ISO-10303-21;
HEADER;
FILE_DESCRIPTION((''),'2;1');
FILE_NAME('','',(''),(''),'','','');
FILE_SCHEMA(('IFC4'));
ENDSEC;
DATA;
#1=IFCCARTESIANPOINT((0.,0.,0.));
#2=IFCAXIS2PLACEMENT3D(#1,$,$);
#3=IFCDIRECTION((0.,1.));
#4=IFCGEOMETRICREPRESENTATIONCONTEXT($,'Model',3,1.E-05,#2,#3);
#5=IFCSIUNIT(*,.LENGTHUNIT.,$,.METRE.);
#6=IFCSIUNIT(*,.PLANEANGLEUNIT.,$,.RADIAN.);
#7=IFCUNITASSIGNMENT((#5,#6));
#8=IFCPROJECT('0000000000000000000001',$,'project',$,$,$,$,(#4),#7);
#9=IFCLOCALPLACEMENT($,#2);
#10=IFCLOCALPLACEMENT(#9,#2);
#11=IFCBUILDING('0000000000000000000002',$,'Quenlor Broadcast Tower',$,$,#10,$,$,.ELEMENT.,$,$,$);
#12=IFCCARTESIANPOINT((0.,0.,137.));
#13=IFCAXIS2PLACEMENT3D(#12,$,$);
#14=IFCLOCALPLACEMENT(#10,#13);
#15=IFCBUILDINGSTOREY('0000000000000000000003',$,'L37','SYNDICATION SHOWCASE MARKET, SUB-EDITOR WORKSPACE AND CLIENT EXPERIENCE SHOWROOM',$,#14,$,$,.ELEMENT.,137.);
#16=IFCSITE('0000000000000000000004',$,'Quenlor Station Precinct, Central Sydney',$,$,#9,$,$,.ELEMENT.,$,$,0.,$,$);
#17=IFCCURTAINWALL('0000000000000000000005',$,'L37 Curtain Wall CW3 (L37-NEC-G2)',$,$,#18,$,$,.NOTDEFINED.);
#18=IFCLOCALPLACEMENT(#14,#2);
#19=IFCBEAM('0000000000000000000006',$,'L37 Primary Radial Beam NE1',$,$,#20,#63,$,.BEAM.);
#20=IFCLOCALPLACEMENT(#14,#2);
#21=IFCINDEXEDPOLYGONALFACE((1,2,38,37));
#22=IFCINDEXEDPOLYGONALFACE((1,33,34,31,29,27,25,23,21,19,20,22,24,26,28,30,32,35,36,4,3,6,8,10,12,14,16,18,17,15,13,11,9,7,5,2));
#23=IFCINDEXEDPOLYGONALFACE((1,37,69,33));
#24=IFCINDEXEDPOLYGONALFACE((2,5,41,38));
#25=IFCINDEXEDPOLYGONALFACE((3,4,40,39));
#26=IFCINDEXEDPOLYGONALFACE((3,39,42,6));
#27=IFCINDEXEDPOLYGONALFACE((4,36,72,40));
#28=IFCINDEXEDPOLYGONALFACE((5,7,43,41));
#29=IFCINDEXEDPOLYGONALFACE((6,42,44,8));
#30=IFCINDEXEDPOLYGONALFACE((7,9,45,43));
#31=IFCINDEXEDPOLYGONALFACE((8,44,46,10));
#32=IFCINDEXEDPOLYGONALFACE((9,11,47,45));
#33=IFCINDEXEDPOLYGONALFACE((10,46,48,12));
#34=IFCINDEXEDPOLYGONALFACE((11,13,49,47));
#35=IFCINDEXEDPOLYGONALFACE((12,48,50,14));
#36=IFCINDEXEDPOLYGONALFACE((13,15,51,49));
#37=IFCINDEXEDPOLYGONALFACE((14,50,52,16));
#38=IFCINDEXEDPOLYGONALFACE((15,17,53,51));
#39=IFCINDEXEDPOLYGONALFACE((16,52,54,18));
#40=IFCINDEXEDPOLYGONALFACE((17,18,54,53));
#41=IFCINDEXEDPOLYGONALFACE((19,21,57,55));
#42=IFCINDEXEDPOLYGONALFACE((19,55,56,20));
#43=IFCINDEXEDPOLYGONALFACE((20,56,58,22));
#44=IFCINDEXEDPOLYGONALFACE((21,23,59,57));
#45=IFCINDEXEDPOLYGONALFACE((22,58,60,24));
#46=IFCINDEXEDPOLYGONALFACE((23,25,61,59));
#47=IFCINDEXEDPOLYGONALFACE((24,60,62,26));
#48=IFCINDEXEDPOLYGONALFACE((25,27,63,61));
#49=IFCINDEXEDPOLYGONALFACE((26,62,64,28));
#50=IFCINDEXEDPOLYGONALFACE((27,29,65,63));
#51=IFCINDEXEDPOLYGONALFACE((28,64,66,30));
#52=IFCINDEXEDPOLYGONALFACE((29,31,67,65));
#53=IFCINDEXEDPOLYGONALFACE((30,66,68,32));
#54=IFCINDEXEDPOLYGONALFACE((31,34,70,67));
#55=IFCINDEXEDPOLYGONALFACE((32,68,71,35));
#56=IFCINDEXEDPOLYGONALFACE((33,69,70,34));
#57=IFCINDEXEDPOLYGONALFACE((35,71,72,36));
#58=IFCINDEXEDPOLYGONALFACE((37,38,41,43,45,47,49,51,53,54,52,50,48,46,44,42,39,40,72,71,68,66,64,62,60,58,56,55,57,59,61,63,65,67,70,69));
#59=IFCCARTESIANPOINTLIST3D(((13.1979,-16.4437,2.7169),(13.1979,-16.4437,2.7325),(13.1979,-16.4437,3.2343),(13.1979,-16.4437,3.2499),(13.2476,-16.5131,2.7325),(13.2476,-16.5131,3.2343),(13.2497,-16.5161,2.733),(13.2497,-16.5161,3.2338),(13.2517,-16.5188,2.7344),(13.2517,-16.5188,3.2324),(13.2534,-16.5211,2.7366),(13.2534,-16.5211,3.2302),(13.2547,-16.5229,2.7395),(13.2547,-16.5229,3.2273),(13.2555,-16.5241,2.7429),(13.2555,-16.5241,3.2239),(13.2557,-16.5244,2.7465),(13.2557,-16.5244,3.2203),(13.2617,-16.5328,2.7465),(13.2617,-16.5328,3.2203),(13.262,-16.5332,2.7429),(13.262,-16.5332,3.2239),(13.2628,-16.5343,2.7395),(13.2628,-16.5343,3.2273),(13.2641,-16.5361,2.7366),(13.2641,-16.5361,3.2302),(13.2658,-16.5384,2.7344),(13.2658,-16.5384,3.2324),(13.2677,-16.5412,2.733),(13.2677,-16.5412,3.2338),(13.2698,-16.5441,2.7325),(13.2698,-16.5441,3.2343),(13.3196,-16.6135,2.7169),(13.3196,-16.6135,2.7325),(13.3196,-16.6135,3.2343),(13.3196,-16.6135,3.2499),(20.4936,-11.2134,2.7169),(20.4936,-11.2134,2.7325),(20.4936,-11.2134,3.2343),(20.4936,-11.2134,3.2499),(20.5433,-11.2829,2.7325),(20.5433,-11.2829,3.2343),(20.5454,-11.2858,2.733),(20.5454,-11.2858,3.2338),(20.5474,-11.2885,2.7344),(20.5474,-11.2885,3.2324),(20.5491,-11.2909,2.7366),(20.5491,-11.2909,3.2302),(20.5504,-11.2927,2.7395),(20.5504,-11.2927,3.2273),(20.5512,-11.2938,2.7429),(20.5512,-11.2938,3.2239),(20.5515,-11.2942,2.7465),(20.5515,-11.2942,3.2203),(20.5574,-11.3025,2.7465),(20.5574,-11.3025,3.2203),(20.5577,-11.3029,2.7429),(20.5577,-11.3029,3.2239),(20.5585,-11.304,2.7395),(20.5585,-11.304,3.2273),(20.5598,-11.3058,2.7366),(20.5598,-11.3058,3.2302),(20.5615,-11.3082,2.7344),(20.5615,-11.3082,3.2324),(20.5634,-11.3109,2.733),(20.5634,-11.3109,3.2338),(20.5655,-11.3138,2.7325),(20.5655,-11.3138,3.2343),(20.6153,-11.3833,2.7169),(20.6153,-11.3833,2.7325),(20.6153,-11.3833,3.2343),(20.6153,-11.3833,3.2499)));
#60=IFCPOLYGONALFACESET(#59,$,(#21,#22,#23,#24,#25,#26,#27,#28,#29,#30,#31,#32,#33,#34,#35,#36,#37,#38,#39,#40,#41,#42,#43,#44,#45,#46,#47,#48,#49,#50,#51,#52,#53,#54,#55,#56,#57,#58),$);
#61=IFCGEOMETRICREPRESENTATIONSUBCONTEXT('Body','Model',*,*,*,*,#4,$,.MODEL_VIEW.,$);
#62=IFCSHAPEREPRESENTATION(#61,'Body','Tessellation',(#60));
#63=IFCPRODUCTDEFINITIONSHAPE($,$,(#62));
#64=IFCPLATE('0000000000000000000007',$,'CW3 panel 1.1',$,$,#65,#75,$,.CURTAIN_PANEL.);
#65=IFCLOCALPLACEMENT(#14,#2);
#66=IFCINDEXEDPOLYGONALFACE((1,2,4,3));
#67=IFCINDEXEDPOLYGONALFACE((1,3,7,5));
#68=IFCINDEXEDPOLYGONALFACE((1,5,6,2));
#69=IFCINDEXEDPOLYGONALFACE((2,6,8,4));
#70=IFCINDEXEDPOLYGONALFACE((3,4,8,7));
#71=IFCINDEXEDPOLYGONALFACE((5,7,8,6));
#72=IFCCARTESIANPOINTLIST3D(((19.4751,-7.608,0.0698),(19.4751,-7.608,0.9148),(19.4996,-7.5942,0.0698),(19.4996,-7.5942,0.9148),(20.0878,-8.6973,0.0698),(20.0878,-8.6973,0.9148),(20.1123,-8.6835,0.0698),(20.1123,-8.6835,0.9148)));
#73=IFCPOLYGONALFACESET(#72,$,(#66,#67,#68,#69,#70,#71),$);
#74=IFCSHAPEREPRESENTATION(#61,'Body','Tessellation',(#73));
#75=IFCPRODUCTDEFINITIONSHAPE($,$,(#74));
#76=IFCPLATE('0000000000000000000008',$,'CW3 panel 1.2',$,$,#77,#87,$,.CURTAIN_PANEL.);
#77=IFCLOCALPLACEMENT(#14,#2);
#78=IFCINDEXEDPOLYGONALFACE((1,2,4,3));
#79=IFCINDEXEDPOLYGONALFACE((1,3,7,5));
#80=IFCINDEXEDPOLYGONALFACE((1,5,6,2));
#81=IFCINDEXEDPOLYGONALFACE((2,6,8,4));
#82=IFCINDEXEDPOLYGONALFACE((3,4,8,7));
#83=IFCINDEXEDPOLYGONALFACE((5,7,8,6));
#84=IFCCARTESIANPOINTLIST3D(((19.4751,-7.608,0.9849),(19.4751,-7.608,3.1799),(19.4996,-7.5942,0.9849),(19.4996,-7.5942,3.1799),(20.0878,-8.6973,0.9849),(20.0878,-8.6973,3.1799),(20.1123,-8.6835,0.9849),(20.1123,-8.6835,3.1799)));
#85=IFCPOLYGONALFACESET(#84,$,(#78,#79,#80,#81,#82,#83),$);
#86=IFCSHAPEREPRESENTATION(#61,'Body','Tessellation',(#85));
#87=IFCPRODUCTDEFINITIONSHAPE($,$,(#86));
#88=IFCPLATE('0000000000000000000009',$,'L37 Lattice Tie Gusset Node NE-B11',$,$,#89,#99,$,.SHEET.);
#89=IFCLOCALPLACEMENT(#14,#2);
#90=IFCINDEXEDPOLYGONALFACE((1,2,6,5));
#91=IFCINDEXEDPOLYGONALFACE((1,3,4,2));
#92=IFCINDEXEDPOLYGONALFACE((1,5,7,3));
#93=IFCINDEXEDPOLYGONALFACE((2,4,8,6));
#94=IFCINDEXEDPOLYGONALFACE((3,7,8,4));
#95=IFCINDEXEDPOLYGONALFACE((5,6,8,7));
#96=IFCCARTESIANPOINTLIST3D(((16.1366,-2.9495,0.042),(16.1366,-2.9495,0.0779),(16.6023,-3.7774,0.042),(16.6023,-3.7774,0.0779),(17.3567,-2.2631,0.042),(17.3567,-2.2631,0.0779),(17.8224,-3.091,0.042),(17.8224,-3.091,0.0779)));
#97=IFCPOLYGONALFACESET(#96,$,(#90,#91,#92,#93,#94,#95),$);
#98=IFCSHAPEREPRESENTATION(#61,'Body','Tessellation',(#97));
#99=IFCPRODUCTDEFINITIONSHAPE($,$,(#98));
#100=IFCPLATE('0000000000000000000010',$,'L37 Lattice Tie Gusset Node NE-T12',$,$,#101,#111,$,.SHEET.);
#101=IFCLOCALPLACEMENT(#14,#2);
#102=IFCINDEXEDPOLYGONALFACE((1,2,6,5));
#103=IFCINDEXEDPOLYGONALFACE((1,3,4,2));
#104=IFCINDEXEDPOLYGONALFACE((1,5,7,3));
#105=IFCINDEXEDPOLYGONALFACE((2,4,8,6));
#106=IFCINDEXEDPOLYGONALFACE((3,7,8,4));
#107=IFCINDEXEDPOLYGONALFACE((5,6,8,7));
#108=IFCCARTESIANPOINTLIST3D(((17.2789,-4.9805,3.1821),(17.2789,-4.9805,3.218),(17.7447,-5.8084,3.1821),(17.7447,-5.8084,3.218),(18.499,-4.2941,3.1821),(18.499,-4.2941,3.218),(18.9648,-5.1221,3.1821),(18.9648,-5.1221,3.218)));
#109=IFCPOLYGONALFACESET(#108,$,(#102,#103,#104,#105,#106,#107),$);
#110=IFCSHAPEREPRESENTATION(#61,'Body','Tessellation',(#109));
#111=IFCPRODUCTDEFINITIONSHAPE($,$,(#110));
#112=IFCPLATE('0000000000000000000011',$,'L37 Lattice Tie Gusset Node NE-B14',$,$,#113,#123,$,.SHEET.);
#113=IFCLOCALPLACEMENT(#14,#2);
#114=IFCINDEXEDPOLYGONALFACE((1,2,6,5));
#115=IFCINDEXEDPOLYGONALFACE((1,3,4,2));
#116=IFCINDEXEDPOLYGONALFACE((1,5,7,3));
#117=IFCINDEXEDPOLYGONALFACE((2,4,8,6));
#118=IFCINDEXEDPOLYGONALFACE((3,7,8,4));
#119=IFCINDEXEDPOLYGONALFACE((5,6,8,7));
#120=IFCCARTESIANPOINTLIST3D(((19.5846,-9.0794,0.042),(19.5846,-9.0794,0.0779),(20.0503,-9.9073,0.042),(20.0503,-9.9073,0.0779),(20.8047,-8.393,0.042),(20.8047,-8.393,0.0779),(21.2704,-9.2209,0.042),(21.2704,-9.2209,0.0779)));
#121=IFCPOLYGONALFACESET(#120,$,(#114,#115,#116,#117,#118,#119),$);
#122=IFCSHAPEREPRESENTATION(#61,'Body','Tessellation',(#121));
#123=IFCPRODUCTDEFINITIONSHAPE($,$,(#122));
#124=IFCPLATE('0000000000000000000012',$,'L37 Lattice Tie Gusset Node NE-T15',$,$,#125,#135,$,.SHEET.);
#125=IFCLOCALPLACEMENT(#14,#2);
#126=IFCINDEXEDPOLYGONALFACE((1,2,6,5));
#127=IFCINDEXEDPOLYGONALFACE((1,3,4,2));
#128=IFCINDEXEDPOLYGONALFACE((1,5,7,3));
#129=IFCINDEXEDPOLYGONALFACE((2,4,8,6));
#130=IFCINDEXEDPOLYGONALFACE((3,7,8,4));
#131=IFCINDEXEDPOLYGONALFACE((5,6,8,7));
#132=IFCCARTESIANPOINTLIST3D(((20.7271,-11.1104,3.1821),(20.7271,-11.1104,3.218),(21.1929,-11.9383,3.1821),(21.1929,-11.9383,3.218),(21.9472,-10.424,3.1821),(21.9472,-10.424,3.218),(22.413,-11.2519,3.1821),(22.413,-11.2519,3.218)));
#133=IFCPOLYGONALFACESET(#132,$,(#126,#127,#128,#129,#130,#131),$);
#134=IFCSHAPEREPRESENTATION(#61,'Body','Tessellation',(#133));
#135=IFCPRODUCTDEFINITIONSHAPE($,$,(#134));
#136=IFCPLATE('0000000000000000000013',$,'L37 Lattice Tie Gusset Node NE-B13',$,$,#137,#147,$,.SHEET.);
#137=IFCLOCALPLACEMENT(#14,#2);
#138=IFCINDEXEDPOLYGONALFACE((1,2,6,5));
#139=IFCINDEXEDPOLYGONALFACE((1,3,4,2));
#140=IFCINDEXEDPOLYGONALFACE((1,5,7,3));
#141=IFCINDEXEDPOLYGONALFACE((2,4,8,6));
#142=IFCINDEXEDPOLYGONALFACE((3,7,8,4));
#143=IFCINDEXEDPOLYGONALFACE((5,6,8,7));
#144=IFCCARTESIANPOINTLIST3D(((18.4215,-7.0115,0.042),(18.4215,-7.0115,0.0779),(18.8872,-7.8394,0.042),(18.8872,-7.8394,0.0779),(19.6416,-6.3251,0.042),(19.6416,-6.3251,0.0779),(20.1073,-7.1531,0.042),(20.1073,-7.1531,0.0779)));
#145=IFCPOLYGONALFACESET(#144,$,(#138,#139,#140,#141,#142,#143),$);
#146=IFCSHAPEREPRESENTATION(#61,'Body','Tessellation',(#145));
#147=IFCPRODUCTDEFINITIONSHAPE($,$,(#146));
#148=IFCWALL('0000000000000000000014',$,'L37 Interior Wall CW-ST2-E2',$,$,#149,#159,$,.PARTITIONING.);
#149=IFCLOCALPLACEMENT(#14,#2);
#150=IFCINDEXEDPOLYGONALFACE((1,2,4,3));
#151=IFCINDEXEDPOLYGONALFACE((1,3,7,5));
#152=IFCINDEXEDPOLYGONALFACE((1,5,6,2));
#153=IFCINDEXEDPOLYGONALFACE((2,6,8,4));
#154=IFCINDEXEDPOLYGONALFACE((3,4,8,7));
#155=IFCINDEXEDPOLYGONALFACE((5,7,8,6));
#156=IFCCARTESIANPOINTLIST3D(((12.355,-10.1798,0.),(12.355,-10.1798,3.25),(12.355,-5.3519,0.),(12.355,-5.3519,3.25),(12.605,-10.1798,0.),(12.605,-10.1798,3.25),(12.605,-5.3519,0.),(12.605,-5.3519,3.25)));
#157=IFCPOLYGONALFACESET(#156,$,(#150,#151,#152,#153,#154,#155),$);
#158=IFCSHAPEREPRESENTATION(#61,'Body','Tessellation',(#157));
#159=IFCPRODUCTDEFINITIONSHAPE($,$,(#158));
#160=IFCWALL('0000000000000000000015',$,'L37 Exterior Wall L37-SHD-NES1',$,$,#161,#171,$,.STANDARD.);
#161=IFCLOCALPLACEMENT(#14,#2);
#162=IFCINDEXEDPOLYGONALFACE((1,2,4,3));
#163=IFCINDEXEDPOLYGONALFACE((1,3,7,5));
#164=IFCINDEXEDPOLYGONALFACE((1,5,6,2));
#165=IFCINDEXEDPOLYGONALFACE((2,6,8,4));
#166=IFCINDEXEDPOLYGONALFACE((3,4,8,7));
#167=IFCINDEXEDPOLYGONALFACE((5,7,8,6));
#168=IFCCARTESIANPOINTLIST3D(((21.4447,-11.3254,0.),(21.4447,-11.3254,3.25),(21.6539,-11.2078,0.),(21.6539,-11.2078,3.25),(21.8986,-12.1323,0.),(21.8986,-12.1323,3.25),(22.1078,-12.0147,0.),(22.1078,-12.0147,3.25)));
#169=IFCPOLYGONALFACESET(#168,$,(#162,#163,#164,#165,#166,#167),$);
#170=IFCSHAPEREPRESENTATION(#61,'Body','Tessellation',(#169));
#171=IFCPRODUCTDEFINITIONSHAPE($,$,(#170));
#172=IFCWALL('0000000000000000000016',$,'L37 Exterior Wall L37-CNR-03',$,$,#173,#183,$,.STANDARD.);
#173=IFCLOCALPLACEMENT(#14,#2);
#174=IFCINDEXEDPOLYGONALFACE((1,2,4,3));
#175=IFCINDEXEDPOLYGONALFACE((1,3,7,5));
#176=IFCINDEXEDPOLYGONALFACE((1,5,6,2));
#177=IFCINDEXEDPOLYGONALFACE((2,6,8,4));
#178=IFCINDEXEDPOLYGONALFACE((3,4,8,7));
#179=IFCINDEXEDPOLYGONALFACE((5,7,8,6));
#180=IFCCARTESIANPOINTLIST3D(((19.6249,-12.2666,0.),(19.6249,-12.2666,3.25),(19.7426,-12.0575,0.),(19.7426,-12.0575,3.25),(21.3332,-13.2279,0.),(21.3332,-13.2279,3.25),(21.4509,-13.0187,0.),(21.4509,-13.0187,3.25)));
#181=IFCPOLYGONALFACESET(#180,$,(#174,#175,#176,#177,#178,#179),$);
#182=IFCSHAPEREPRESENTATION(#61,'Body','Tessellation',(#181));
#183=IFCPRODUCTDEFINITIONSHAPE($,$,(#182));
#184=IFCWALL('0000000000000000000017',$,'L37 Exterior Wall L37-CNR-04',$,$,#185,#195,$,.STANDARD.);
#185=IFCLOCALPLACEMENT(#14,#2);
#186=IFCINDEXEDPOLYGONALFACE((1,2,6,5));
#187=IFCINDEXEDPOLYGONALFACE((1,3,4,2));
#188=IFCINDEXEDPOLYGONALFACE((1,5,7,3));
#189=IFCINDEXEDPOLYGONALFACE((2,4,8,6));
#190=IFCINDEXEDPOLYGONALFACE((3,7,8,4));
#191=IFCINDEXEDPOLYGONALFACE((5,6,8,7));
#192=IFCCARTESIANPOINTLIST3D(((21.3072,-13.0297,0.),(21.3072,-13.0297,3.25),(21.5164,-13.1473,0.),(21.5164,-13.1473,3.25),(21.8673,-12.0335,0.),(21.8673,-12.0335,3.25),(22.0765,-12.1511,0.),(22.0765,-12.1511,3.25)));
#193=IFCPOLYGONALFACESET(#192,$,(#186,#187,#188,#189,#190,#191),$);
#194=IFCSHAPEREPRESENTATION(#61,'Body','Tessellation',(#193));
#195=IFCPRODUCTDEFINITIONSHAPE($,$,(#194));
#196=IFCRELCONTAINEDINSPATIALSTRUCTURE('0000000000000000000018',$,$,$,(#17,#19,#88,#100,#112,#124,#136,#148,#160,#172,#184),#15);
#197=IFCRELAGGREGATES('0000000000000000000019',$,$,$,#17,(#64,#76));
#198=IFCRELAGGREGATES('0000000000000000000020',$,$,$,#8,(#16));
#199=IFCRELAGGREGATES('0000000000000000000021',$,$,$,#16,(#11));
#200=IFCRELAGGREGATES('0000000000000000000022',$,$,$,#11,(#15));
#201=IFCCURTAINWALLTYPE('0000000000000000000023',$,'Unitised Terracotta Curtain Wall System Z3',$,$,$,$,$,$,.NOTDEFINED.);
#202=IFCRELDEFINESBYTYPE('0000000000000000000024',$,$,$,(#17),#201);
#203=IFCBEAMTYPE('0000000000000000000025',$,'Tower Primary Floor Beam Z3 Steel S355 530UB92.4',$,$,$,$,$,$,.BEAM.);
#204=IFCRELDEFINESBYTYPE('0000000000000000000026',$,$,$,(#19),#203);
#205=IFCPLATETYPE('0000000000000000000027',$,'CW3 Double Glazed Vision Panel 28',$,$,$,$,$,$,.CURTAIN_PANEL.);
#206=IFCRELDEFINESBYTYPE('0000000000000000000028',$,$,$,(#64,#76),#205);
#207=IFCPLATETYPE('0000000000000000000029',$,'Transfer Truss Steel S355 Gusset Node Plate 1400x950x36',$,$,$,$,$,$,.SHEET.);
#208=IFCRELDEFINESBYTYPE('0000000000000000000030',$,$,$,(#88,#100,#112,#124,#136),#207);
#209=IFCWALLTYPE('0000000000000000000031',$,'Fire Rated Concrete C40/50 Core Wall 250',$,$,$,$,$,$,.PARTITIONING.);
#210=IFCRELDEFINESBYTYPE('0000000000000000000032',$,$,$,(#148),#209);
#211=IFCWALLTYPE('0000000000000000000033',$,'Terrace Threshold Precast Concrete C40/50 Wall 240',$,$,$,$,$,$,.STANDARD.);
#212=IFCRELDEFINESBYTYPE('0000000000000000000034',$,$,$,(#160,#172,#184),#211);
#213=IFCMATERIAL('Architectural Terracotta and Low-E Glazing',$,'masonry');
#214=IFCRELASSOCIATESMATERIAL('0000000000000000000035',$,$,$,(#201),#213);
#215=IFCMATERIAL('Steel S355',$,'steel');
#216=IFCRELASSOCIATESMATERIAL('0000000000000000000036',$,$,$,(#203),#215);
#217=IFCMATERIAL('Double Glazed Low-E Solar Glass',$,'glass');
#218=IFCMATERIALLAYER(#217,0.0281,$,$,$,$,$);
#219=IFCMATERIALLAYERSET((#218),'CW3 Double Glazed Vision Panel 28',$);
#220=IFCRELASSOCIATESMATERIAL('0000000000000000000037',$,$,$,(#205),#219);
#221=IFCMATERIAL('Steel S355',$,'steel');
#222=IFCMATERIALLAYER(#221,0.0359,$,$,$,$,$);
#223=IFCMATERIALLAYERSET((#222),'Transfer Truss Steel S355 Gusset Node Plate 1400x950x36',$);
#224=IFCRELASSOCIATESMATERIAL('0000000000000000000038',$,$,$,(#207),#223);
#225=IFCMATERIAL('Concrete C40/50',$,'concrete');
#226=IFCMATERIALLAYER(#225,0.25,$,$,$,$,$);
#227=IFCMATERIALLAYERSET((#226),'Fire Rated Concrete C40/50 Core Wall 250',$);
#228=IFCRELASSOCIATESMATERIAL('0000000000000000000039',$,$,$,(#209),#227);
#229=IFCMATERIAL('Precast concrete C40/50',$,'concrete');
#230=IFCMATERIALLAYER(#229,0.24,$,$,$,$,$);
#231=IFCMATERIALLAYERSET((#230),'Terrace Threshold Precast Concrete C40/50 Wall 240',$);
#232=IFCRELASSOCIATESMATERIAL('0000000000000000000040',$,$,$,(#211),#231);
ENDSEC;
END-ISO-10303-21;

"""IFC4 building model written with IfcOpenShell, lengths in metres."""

from ifc_helpers import new_model, si_unit, direction, frame, frame_2d, origin, origin_2d, place, context, subcontext, project, spatial, rectangle, i_section, extrude, material, layer, layer_set, material_profile, profile_set, type_object, element, aggregate, save


model = new_model("IFC4")

# Units and contexts
model_context = context("Model", 3, precision=1e-05, world=origin(), true_north=direction((0.0, 1.0)))
body_context = subcontext(model_context, "Body", "Model", "MODEL_VIEW")
ifc_project = project(units=[si_unit("LENGTHUNIT", "METRE"), si_unit("PLANEANGLEUNIT", "RADIAN")], contexts=[model_context])

# Site, building, storey
site_placement = place(None, origin())
site = spatial("IfcSite", under=ifc_project, at=site_placement, Name="Quenlor Station Precinct, Central Sydney", CompositionType="ELEMENT", RefElevation=0.0)
building_placement = place(site_placement, origin())
building = spatial("IfcBuilding", under=site, at=building_placement, Name="Quenlor Broadcast Tower", CompositionType="ELEMENT")
storey_placement = place(building_placement, frame((0.0, 0.0, 137.0)))
storey = spatial("IfcBuildingStorey", under=building, at=storey_placement, Name="L37", Description="SYNDICATION SHOWCASE MARKET, SUB-EDITOR WORKSPACE AND CLIENT EXPERIENCE SHOWROOM", CompositionType="ELEMENT", Elevation=137.0)

# Shared definitions
ifc_material_1 = material(Name="Architectural Terracotta and Low-E Glazing", Category="masonry")
curtain_wall_type = type_object("IfcCurtainWallType", Name="Unitised Terracotta Curtain Wall System Z3", PredefinedType="NOTDEFINED", material=ifc_material_1)

# Curtain wall
curtain_wall_1_placement = place(storey_placement, origin())
curtain_wall_1 = element("IfcCurtainWall", 1, at=curtain_wall_1_placement, inside=storey, type_object=curtain_wall_type, Name="L37 Curtain Wall CW3 (L37-NEC-G2)", PredefinedType="NOTDEFINED")

# Beam
ifc_material_2 = material(Name="Steel S355", Category="steel")
ifc_material_profile_1 = material_profile(ifc_material_2, i_section(OverallWidth=0.209, OverallDepth=0.533, WebThickness=0.0103, FlangeThickness=0.0156, FilletRadius=0.0139, at=origin_2d()))
ifc_profile_set_1 = profile_set([ifc_material_profile_1], Name="Steel S355 530UB92.4")
beam_type_1 = type_object("IfcBeamType", Name="Tower Primary Floor Beam Z3 Steel S355 530UB92.4", PredefinedType="BEAM", material=ifc_profile_set_1)
beam_1_placement = place(storey_placement, frame((20.5544, -11.2983, 2.9834), z_axis=(-0.812729, -0.582642, 0.0), x_axis=(0.582642, -0.812729, 0.0)))
element("IfcBeam", 2, at=beam_1_placement, inside=storey, type_object=beam_type_1, Name="L37 Primary Radial Beam NE1", PredefinedType="BEAM", context=body_context, shape_type="SweptSolid", body=[
    extrude(i_section(OverallWidth=0.209, OverallDepth=0.533, WebThickness=0.0103, FlangeThickness=0.0156, FilletRadius=0.0139, at=origin_2d()), origin(), (0.0, 0.0, 1.0), 8.9768),
])

# Plates
ifc_material_3 = material(Name="Double Glazed Low-E Solar Glass", Category="glass")
ifc_layer_1 = layer(ifc_material_3, 0.0281)
ifc_layer_set_1 = layer_set([ifc_layer_1], Name="CW3 Double Glazed Vision Panel 28")
plate_type_1 = type_object("IfcPlateType", Name="CW3 Double Glazed Vision Panel 28", PredefinedType="CURTAIN_PANEL", material=ifc_layer_set_1)
plate_1_placement = place(storey_placement, frame((19.7937, -8.1458, 0.0698), z_axis=(0.0, 0.0, 1.0), x_axis=(0.490261, -0.871576, 0.0)))
plate_1 = element("IfcPlate", 3, at=plate_1_placement, type_object=plate_type_1, Name="CW3 panel 1.1", PredefinedType="CURTAIN_PANEL", context=body_context, shape_type="SweptSolid", body=[
    extrude(rectangle(XDim=1.2498, YDim=0.0281, at=origin_2d()), origin(), (0.0, 0.0, 1.0), 0.845),
])
plate_2_placement = place(storey_placement, frame((19.7937, -8.1458, 0.9849), z_axis=(0.0, 0.0, 1.0), x_axis=(0.490261, -0.871576, 0.0)))
plate_2 = element("IfcPlate", 4, at=plate_2_placement, type_object=plate_type_1, Name="CW3 panel 1.2", PredefinedType="CURTAIN_PANEL", context=body_context, shape_type="SweptSolid", body=[
    extrude(rectangle(XDim=1.2498, YDim=0.0281, at=origin_2d()), origin(), (0.0, 0.0, 1.0), 2.1951),
])
aggregate(curtain_wall_1, [plate_1, plate_2])

# Plates
ifc_material_4 = material(Name="Steel S355", Category="steel")
ifc_layer_2 = layer(ifc_material_4, 0.0359)
ifc_layer_set_2 = layer_set([ifc_layer_2], Name="Transfer Truss Steel S355 Gusset Node Plate 1400x950x36")
plate_type_2 = type_object("IfcPlateType", Name="Transfer Truss Steel S355 Gusset Node Plate 1400x950x36", PredefinedType="SHEET", material=ifc_layer_set_2)
for number, where, z_axis, x_axis, name in (
    (5, (16.9795, -3.0203, 0.042), (0.0, 0.0, 1.0), (0.871556, 0.490295, 0.0), "L37 Lattice Tie Gusset Node NE-B11"),
    (6, (18.1218, -5.0513, 3.1821), (0.0, 0.0, 1.0), (0.871556, 0.490295, 0.0), "L37 Lattice Tie Gusset Node NE-T12"),
    (7, (20.4275, -9.1501, 0.042), (0.0, 0.0, 1.0), (0.871556, 0.490295, 0.0), "L37 Lattice Tie Gusset Node NE-B14"),
    (8, (21.5701, -11.1812, 3.1821), (0.0, 0.0, 1.0), (0.871556, 0.490295, 0.0), "L37 Lattice Tie Gusset Node NE-T15"),
    (9, (19.2644, -7.0823, 0.042), (0.0, 0.0, 1.0), (0.871556, 0.490295, 0.0), "L37 Lattice Tie Gusset Node NE-B13"),
):
    element("IfcPlate", number, at=place(storey_placement, frame(where, z_axis=z_axis, x_axis=x_axis)), inside=storey, type_object=plate_type_2, Name=name, PredefinedType="SHEET", context=body_context, shape_type="SweptSolid", body=[
        extrude(rectangle(XDim=1.3999, YDim=0.95, at=origin_2d()), origin(), (0.0, 0.0, 1.0), 0.0359),
    ])

# Walls
ifc_material_5 = material(Name="Concrete C40/50", Category="concrete")
ifc_layer_3 = layer(ifc_material_5, 0.25)
ifc_layer_set_3 = layer_set([ifc_layer_3], Name="Fire Rated Concrete C40/50 Core Wall 250")
wall_type_1 = type_object("IfcWallType", Name="Fire Rated Concrete C40/50 Core Wall 250", PredefinedType="PARTITIONING", material=ifc_layer_set_3)
wall_1_placement = place(storey_placement, frame((12.48, -10.1799, 0.0), z_axis=(0.0, 0.0, 1.0), x_axis=(0.0, 1.0, 0.0)))
element("IfcWall", 10, at=wall_1_placement, inside=storey, type_object=wall_type_1, Name="L37 Interior Wall CW-ST2-E2", PredefinedType="PARTITIONING", context=body_context, shape_type="SweptSolid", body=[
    extrude(rectangle(XDim=4.8279, YDim=0.25, at=frame_2d((2.4141, 0.0))), origin(), (0.0, 0.0, 1.0), 3.25),
])
ifc_material_6 = material(Name="Precast concrete C40/50", Category="concrete")
ifc_layer_4 = layer(ifc_material_6, 0.24)
ifc_layer_set_4 = layer_set([ifc_layer_4], Name="Terrace Threshold Precast Concrete C40/50 Wall 240")
wall_type_2 = type_object("IfcWallType", Name="Terrace Threshold Precast Concrete C40/50 Wall 240", PredefinedType="STANDARD", material=ifc_layer_set_4)
wall_2_placement = place(storey_placement, frame((21.5493, -11.2666, 0.0), z_axis=(0.0, 0.0, 1.0), x_axis=(0.490249, -0.871583, 0.0)))
element("IfcWall", 11, at=wall_2_placement, inside=storey, type_object=wall_type_2, Name="L37 Exterior Wall L37-SHD-NES1", PredefinedType="STANDARD", context=body_context, shape_type="SweptSolid", body=[
    extrude(rectangle(XDim=0.9258, YDim=0.24, at=frame_2d((0.4629, 0.0))), origin(), (0.0, 0.0, 1.0), 3.25),
])
wall_3_placement = place(storey_placement, frame((19.6838, -12.1621, 0.0), z_axis=(0.0, 0.0, 1.0), x_axis=(0.871512, -0.490374, 0.0)))
element("IfcWall", 12, at=wall_3_placement, inside=storey, type_object=wall_type_2, Name="L37 Exterior Wall L37-CNR-03", PredefinedType="STANDARD", context=body_context, shape_type="SweptSolid", body=[
    extrude(rectangle(XDim=1.9602, YDim=0.24, at=frame_2d((0.98, 0.0))), origin(), (0.0, 0.0, 1.0), 3.25),
])
wall_4_placement = place(storey_placement, frame((21.4119, -13.0884, 0.0), z_axis=(0.0, 0.0, 1.0), x_axis=(0.490099, 0.871667, 0.0)))
element("IfcWall", 13, at=wall_4_placement, inside=storey, type_object=wall_type_2, Name="L37 Exterior Wall L37-CNR-04", PredefinedType="STANDARD", context=body_context, shape_type="SweptSolid", body=[
    extrude(rectangle(XDim=1.1428, YDim=0.24, at=frame_2d((0.5713, 0.0))), origin(), (0.0, 0.0, 1.0), 3.25),
])

save(model, "model.ifc")
